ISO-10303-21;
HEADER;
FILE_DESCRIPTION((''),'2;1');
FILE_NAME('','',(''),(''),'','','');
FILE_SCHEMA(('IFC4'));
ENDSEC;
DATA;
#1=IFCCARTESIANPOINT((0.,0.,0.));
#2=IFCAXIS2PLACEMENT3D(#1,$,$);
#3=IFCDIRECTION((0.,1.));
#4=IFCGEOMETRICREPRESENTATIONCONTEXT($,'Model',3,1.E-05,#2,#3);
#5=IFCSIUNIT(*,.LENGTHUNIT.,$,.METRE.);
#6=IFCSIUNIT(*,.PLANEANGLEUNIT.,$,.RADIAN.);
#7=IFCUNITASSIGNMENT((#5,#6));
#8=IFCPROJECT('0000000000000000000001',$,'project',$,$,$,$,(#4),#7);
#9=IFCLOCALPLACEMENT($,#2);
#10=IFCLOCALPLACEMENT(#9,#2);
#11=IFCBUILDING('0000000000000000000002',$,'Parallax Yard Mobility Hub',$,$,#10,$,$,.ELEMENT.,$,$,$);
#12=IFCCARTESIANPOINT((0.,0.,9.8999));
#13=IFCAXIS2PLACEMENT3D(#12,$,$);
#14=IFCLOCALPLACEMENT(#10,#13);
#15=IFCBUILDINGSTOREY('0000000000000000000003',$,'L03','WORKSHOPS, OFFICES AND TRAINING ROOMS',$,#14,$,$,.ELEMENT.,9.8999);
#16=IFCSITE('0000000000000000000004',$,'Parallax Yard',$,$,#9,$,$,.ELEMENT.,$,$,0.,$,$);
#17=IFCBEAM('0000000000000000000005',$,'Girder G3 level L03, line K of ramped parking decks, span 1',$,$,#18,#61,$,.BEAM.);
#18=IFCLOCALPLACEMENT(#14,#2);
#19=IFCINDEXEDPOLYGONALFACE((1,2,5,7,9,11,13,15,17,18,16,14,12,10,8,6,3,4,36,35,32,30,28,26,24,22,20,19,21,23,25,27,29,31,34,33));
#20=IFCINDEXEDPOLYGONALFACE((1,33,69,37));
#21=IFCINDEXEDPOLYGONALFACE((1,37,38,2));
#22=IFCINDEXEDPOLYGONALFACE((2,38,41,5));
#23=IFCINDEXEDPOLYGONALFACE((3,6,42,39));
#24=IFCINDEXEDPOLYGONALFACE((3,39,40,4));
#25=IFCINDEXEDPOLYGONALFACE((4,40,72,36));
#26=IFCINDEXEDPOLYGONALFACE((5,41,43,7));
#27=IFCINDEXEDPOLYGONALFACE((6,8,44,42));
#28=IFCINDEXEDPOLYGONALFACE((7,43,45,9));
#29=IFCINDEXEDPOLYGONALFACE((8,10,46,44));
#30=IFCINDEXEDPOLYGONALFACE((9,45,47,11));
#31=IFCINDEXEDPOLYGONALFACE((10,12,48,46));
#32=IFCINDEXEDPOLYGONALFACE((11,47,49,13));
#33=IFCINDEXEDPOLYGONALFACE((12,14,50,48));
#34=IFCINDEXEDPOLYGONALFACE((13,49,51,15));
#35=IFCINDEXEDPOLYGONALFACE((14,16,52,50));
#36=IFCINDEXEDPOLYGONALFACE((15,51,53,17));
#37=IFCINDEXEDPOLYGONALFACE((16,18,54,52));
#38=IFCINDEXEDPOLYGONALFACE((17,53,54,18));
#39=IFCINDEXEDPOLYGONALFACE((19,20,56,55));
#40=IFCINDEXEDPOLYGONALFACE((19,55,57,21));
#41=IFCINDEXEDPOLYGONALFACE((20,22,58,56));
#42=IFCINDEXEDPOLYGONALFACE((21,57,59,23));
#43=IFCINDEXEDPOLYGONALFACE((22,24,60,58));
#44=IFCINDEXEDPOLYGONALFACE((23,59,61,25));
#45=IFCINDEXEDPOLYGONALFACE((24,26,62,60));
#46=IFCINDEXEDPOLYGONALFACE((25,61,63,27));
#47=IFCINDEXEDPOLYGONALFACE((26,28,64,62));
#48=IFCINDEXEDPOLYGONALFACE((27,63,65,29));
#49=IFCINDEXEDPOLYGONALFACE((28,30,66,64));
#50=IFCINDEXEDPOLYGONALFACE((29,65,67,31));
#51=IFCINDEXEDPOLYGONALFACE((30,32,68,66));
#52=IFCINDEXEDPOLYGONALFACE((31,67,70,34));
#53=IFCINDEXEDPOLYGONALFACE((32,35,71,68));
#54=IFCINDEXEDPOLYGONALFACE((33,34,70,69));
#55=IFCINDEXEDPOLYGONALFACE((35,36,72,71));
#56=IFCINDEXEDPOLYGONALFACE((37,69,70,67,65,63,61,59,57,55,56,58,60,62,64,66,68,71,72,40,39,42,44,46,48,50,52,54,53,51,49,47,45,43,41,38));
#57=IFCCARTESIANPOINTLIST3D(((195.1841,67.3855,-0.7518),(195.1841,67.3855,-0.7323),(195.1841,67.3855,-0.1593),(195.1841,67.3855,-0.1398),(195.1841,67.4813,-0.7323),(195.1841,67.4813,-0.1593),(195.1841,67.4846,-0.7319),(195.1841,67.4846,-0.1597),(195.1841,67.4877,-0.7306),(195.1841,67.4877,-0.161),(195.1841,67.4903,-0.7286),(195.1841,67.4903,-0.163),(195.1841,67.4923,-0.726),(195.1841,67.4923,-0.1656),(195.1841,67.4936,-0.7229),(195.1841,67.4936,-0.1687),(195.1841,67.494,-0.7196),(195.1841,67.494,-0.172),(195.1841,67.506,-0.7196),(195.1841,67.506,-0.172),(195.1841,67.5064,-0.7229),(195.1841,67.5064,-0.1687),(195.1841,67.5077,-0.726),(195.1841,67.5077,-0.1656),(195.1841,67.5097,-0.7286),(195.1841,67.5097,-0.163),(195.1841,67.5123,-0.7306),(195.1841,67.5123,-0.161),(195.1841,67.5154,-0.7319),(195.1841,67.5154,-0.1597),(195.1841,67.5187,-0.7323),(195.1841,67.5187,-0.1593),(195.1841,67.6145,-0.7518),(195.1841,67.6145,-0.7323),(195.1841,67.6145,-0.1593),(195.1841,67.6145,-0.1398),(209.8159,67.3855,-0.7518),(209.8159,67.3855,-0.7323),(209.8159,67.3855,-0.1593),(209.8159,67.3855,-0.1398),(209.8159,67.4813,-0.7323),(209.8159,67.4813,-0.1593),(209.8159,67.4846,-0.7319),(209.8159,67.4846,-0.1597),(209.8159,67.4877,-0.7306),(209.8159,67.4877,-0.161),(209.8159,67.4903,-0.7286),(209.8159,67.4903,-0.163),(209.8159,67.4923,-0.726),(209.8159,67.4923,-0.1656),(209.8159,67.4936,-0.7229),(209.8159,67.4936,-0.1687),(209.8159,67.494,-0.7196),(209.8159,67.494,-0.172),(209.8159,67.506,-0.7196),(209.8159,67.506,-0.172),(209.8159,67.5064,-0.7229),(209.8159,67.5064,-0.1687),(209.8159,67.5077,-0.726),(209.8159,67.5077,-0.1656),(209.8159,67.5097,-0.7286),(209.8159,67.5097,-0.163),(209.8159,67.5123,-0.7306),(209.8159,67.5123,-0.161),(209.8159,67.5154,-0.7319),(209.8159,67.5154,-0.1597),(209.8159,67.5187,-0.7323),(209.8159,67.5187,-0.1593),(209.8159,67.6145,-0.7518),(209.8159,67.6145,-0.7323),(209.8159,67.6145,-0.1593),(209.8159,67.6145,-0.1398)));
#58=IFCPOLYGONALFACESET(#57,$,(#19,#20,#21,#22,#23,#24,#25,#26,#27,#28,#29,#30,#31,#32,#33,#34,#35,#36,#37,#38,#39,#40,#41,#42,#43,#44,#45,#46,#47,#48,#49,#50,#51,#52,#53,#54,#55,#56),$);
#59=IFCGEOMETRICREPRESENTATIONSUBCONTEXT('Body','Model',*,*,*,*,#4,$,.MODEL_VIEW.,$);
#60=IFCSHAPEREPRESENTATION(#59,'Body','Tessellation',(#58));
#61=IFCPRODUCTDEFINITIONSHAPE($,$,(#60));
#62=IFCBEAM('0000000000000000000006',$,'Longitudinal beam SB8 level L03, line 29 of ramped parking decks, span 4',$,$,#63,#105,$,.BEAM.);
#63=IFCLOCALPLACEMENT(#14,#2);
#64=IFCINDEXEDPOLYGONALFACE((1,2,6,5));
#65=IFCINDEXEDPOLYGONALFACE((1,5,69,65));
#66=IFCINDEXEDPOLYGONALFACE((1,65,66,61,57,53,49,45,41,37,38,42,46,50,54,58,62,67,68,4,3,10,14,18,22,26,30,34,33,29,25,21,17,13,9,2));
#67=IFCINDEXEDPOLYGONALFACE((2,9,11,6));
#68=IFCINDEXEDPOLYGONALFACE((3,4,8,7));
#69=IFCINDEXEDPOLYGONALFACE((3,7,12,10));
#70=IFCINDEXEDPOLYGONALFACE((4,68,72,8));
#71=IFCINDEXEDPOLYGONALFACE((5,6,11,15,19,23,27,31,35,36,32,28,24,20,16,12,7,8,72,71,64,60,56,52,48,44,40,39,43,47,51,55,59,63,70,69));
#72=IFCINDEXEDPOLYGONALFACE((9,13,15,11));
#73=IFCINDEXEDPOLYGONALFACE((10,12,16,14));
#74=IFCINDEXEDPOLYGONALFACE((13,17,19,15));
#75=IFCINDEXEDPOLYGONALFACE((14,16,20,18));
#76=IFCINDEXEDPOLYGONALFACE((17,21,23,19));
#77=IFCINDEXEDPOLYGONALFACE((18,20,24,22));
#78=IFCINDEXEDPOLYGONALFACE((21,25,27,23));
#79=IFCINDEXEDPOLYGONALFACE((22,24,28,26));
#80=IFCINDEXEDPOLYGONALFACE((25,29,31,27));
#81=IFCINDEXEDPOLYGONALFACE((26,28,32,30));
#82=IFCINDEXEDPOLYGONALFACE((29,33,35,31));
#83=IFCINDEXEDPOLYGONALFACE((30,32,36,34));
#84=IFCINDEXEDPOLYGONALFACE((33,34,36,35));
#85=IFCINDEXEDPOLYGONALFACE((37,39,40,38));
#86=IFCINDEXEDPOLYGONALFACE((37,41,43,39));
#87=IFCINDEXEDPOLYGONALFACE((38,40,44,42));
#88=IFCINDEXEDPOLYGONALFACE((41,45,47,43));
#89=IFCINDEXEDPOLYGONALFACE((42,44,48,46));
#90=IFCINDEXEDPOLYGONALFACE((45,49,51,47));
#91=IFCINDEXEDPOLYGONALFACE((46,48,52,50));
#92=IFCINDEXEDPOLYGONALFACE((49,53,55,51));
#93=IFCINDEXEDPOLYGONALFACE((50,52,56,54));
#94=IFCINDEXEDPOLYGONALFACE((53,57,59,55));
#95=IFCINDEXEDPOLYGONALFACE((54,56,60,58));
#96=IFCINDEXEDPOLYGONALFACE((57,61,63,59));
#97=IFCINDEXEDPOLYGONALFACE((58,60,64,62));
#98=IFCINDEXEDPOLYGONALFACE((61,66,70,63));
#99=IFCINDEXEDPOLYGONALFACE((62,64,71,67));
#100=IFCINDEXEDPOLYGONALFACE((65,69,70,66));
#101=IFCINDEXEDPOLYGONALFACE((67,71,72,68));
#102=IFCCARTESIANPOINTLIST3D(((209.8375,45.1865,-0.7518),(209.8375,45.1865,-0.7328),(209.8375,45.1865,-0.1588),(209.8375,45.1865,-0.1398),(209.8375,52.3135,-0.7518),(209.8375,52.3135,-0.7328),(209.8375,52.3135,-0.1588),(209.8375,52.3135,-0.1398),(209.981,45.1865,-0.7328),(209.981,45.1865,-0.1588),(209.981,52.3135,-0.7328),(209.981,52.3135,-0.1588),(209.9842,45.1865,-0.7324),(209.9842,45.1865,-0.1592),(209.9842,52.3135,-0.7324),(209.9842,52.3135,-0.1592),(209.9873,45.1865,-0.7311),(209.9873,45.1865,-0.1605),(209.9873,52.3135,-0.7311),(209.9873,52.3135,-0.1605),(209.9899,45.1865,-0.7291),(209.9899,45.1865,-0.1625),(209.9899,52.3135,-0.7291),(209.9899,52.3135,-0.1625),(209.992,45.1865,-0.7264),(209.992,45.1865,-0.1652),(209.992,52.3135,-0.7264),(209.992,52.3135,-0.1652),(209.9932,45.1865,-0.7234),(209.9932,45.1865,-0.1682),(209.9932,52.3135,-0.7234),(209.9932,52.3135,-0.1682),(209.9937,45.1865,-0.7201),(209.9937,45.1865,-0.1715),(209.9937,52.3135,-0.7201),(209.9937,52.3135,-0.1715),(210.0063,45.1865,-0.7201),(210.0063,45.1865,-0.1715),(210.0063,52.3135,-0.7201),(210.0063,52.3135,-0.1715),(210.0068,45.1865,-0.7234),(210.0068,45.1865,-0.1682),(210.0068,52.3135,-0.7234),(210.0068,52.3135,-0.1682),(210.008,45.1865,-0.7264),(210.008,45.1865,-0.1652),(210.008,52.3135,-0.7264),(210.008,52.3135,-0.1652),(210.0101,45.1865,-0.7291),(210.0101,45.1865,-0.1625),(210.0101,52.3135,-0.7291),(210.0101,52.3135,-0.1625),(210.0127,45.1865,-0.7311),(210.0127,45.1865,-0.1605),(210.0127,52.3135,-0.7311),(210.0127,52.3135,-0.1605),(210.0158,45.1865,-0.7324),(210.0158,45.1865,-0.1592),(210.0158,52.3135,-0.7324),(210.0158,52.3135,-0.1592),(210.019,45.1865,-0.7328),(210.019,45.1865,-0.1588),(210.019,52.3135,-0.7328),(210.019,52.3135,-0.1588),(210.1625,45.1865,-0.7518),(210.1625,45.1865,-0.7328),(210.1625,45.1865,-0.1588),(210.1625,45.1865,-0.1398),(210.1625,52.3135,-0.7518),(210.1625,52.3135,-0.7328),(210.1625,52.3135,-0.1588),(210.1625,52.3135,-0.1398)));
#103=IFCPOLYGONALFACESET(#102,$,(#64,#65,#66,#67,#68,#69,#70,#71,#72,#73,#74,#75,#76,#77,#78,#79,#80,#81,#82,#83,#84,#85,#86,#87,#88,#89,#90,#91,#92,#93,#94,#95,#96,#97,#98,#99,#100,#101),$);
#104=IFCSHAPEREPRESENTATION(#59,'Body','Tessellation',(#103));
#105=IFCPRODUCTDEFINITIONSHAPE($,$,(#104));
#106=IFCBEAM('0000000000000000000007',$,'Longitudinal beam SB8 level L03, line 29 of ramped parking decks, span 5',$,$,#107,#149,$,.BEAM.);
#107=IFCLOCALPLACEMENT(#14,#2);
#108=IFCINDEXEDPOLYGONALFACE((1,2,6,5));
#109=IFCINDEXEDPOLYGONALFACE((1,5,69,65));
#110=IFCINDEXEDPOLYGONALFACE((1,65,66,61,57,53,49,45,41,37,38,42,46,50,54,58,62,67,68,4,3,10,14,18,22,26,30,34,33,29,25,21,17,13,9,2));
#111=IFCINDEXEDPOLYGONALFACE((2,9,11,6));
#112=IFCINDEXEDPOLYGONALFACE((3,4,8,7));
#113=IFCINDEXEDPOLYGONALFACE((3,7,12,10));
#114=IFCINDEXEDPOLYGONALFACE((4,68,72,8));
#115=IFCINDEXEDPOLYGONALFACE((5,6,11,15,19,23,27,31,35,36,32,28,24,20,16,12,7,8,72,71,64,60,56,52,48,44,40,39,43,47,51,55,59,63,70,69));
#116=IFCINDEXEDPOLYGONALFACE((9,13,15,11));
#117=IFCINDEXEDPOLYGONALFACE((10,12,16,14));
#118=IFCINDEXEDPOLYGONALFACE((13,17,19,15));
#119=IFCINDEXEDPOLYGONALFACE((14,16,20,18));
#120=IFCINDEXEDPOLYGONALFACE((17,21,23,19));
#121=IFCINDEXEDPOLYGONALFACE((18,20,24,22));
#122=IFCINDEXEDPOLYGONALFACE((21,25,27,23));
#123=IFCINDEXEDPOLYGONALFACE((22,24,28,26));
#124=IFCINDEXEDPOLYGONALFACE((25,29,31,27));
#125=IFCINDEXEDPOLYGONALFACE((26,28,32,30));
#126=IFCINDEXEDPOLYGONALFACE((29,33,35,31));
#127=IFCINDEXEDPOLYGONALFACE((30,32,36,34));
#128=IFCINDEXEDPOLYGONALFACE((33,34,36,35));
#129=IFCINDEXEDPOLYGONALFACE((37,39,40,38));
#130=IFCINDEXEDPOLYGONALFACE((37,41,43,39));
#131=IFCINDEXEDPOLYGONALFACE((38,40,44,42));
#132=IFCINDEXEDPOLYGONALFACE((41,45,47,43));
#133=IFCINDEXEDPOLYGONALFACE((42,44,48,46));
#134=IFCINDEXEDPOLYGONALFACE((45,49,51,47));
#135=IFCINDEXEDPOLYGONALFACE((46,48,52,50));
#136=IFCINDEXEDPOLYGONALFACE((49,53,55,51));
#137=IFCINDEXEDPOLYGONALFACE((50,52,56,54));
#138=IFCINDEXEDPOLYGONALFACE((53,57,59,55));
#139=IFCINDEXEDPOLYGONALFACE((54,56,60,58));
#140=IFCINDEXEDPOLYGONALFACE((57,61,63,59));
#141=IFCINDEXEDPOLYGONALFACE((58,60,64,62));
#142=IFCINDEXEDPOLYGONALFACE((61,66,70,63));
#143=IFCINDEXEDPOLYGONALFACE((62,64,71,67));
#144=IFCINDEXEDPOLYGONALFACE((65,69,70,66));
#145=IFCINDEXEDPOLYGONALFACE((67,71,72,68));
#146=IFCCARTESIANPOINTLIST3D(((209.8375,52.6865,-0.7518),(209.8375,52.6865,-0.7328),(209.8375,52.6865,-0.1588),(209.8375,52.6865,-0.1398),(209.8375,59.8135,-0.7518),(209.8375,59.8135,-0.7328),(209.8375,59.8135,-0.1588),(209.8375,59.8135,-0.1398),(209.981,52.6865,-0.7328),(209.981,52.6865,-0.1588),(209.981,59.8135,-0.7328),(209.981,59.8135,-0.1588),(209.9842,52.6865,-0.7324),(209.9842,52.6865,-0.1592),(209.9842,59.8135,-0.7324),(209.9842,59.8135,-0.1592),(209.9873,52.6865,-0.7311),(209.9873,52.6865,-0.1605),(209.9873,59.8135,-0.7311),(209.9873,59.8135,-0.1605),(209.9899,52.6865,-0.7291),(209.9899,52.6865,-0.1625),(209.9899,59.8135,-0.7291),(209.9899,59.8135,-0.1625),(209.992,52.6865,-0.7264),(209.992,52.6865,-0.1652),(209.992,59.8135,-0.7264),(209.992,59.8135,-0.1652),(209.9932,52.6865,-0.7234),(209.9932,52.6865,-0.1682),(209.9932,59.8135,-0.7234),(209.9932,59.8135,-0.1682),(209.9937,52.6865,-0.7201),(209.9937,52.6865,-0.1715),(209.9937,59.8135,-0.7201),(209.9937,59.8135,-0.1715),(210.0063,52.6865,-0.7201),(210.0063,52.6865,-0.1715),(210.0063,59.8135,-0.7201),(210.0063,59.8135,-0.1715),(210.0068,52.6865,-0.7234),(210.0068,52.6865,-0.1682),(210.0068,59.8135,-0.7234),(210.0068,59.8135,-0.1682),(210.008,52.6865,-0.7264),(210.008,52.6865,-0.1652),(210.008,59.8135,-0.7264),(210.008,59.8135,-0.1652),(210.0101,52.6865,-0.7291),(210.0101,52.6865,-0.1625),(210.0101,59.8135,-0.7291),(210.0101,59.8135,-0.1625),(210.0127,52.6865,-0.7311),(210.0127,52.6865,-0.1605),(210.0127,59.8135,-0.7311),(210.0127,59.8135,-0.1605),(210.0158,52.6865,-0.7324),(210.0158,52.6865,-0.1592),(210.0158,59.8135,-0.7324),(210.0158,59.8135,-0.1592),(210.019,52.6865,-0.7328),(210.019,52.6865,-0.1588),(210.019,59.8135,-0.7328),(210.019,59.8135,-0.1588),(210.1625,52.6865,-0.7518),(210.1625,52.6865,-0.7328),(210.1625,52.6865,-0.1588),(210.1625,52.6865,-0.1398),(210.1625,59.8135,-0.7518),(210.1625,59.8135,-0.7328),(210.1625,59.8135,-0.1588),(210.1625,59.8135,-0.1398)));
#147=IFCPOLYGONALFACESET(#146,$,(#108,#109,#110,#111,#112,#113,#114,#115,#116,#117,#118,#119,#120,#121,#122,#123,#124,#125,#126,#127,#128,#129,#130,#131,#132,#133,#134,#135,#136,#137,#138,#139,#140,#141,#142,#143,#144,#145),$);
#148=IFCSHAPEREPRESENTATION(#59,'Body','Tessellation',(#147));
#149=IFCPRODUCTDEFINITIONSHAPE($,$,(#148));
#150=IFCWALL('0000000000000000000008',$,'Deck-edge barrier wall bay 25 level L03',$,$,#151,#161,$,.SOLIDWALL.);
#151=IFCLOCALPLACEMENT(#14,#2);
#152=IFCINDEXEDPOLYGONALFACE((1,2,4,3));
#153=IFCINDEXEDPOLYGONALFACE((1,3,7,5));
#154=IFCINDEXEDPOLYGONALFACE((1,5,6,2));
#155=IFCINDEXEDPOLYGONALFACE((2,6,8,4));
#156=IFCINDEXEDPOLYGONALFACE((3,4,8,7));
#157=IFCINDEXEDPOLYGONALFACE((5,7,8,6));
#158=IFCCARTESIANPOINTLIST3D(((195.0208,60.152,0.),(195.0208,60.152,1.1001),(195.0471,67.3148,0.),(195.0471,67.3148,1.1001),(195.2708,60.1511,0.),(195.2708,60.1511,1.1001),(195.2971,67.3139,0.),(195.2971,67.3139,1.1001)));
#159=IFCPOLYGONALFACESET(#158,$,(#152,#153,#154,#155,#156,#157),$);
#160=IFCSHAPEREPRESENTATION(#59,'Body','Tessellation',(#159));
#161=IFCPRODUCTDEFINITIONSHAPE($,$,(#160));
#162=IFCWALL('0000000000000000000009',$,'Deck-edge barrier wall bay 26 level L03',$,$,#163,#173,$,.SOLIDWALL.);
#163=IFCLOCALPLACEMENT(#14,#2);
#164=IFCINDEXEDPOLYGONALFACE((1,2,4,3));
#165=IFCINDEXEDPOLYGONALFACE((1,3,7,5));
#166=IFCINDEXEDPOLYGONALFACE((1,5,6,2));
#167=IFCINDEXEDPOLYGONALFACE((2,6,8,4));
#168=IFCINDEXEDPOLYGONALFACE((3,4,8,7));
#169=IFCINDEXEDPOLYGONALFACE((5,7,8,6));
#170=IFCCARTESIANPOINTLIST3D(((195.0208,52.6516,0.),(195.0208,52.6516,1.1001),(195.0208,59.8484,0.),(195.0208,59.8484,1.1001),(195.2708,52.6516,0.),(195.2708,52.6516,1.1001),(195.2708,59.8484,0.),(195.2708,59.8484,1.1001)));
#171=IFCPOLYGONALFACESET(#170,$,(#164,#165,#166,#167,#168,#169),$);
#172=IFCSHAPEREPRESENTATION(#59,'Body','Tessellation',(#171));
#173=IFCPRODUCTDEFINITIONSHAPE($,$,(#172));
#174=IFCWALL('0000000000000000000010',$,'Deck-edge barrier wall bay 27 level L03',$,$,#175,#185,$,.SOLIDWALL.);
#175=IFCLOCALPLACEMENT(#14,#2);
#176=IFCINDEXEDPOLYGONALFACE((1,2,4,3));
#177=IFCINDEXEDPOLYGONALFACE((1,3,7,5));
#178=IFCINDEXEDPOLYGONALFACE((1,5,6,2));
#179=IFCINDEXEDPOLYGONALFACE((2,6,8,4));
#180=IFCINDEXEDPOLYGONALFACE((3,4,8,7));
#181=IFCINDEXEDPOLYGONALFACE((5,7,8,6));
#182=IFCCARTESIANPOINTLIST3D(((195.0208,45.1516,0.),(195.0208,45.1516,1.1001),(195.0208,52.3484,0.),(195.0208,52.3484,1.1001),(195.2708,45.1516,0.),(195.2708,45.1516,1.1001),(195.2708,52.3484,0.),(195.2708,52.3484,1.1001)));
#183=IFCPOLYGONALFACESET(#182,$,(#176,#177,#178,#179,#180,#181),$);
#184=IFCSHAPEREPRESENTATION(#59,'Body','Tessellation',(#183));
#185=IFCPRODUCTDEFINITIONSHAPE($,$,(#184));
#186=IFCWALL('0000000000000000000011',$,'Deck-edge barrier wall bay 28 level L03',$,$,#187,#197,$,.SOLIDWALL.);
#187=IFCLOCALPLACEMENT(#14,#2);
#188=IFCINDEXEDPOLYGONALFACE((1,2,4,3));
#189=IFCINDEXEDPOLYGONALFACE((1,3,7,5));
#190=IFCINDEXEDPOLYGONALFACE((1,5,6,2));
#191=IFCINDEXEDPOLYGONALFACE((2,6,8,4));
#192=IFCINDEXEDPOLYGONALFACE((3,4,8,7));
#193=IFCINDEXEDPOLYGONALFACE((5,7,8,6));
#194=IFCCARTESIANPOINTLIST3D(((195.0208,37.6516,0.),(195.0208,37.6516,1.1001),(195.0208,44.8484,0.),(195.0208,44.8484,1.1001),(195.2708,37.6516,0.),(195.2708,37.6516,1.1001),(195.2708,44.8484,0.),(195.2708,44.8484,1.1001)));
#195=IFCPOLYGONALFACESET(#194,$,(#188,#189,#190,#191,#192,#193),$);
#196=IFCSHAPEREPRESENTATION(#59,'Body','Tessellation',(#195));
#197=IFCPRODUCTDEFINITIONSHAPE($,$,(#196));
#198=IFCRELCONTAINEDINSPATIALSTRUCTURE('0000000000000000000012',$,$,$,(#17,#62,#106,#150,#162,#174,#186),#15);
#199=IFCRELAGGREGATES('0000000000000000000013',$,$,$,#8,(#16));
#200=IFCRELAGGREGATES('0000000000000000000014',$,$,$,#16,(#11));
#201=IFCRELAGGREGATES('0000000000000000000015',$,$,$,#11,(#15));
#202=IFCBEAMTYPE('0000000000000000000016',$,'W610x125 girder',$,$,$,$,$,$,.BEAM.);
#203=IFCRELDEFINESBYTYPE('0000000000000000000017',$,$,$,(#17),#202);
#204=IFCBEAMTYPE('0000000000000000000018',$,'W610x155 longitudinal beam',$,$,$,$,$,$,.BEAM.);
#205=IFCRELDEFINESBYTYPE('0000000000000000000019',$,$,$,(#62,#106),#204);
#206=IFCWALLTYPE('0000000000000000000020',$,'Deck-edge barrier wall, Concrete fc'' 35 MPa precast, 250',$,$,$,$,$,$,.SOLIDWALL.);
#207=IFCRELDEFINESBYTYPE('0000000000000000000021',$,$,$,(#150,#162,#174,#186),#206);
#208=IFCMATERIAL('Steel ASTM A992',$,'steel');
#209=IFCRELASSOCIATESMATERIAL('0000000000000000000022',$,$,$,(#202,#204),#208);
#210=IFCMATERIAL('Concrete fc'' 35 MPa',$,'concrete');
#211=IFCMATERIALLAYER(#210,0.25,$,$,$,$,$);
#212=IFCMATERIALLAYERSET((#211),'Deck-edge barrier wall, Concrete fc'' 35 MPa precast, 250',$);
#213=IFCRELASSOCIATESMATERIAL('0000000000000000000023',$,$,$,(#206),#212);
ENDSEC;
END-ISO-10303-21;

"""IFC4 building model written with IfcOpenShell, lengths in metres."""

from ifc_helpers import new_model, si_unit, direction, frame, frame_2d, origin, origin_2d, place, context, subcontext, project, spatial, rectangle, i_section, extrude, material, layer, layer_set, material_profile, profile_set, type_object, element, save


model = new_model("IFC4")

# Units and contexts
model_context = context("Model", 3, precision=1e-05, world=origin(), true_north=direction((0.0, 1.0)))
body_context = subcontext(model_context, "Body", "Model", "MODEL_VIEW")
ifc_project = project(units=[si_unit("LENGTHUNIT", "METRE"), si_unit("PLANEANGLEUNIT", "RADIAN")], contexts=[model_context])

# Site, building, storey
site_placement = place(None, origin())
site = spatial("IfcSite", under=ifc_project, at=site_placement, Name="Parallax Yard", CompositionType="ELEMENT", RefElevation=0.0)
building_placement = place(site_placement, origin())
building = spatial("IfcBuilding", under=site, at=building_placement, Name="Parallax Yard Mobility Hub", CompositionType="ELEMENT")
storey_placement = place(building_placement, frame((0.0, 0.0, 9.8999)))
storey = spatial("IfcBuildingStorey", under=building, at=storey_placement, Name="L03", Description="WORKSHOPS, OFFICES AND TRAINING ROOMS", CompositionType="ELEMENT", Elevation=9.8999)

# Shared definitions
ifc_material_1 = material(Name="Steel ASTM A992", Category="steel")

# Beams
ifc_material_profile_1 = material_profile(ifc_material_1, i_section(OverallWidth=0.229, OverallDepth=0.6121, WebThickness=0.012, FlangeThickness=0.0195, FilletRadius=0.0127, at=origin_2d()), Name="W610x125")
ifc_profile_set_1 = profile_set([ifc_material_profile_1], Name="Steel ASTM A992")
beam_type_1 = type_object("IfcBeamType", Name="W610x125 girder", PredefinedType="BEAM", material=ifc_profile_set_1)
beam_1_placement = place(storey_placement, frame((195.1841, 67.5, -0.4458), z_axis=(1.0, 0.0, 0.0), x_axis=(0.0, 1.0, 0.0)))
element("IfcBeam", 1, at=beam_1_placement, inside=storey, type_object=beam_type_1, Name="Girder G3 level L03, line K of ramped parking decks, span 1", PredefinedType="BEAM", context=body_context, shape_type="SweptSolid", body=[
    extrude(i_section(OverallWidth=0.229, OverallDepth=0.6121, WebThickness=0.012, FlangeThickness=0.0195, FilletRadius=0.0127, at=origin_2d()), origin(), (0.0, 0.0, 1.0), 14.6318),
])
ifc_material_profile_2 = material_profile(ifc_material_1, i_section(OverallWidth=0.325, OverallDepth=0.6121, WebThickness=0.0127, FlangeThickness=0.019, FilletRadius=0.0127, at=origin_2d()), Name="W610x155")
ifc_profile_set_2 = profile_set([ifc_material_profile_2], Name="Steel ASTM A992")
beam_type_2 = type_object("IfcBeamType", Name="W610x155 longitudinal beam", PredefinedType="BEAM", material=ifc_profile_set_2)
for number, where, z_axis, x_axis, name in (
    (2, (210.0, 45.1865, -0.4458), (0.0, 1.0, 0.0), (-1.0, 0.0, 0.0), "Longitudinal beam SB8 level L03, line 29 of ramped parking decks, span 4"),
    (3, (210.0, 52.6865, -0.4458), (0.0, 1.0, 0.0), (-1.0, 0.0, 0.0), "Longitudinal beam SB8 level L03, line 29 of ramped parking decks, span 5"),
):
    element("IfcBeam", number, at=place(storey_placement, frame(where, z_axis=z_axis, x_axis=x_axis)), inside=storey, type_object=beam_type_2, Name=name, PredefinedType="BEAM", context=body_context, shape_type="SweptSolid", body=[
        extrude(i_section(OverallWidth=0.325, OverallDepth=0.6121, WebThickness=0.0127, FlangeThickness=0.019, FilletRadius=0.0127, at=origin_2d()), origin(), (0.0, 0.0, 1.0), 7.127),
    ])

# Walls
ifc_material_2 = material(Name="Concrete fc' 35 MPa", Category="concrete")
ifc_layer_1 = layer(ifc_material_2, 0.25)
ifc_layer_set_1 = layer_set([ifc_layer_1], Name="Deck-edge barrier wall, Concrete fc' 35 MPa precast, 250")
wall_type_1 = type_object("IfcWallType", Name="Deck-edge barrier wall, Concrete fc' 35 MPa precast, 250", PredefinedType="SOLIDWALL", material=ifc_layer_set_1)
wall_1_placement = place(storey_placement, frame((195.1721, 67.3145, 0.0), z_axis=(0.0, 0.0, 1.0), x_axis=(-0.003681, -0.999993, 0.0)))
element("IfcWall", 4, at=wall_1_placement, inside=storey, type_object=wall_type_1, Name="Deck-edge barrier wall bay 25 level L03", PredefinedType="SOLIDWALL", context=body_context, shape_type="SweptSolid", body=[
    extrude(rectangle(XDim=7.1628, YDim=0.25, at=frame_2d((3.5815, 0.0))), origin(), (0.0, 0.0, 1.0), 1.1001),
])
for number, where, z_axis, x_axis, name in (
    (5, (195.1458, 59.8484, 0.0), (0.0, 0.0, 1.0), (0.0, -1.0, 0.0), "Deck-edge barrier wall bay 26 level L03"),
    (6, (195.1458, 52.3484, 0.0), (0.0, 0.0, 1.0), (0.0, -1.0, 0.0), "Deck-edge barrier wall bay 27 level L03"),
    (7, (195.1458, 44.8484, 0.0), (0.0, 0.0, 1.0), (0.0, -1.0, 0.0), "Deck-edge barrier wall bay 28 level L03"),
):
    element("IfcWall", number, at=place(storey_placement, frame(where, z_axis=z_axis, x_axis=x_axis)), inside=storey, type_object=wall_type_1, Name=name, PredefinedType="SOLIDWALL", context=body_context, shape_type="SweptSolid", body=[
        extrude(rectangle(XDim=7.1968, YDim=0.25, at=frame_2d((3.5984, 0.0))), origin(), (0.0, 0.0, 1.0), 1.1001),
    ])

save(model, "model.ifc")
